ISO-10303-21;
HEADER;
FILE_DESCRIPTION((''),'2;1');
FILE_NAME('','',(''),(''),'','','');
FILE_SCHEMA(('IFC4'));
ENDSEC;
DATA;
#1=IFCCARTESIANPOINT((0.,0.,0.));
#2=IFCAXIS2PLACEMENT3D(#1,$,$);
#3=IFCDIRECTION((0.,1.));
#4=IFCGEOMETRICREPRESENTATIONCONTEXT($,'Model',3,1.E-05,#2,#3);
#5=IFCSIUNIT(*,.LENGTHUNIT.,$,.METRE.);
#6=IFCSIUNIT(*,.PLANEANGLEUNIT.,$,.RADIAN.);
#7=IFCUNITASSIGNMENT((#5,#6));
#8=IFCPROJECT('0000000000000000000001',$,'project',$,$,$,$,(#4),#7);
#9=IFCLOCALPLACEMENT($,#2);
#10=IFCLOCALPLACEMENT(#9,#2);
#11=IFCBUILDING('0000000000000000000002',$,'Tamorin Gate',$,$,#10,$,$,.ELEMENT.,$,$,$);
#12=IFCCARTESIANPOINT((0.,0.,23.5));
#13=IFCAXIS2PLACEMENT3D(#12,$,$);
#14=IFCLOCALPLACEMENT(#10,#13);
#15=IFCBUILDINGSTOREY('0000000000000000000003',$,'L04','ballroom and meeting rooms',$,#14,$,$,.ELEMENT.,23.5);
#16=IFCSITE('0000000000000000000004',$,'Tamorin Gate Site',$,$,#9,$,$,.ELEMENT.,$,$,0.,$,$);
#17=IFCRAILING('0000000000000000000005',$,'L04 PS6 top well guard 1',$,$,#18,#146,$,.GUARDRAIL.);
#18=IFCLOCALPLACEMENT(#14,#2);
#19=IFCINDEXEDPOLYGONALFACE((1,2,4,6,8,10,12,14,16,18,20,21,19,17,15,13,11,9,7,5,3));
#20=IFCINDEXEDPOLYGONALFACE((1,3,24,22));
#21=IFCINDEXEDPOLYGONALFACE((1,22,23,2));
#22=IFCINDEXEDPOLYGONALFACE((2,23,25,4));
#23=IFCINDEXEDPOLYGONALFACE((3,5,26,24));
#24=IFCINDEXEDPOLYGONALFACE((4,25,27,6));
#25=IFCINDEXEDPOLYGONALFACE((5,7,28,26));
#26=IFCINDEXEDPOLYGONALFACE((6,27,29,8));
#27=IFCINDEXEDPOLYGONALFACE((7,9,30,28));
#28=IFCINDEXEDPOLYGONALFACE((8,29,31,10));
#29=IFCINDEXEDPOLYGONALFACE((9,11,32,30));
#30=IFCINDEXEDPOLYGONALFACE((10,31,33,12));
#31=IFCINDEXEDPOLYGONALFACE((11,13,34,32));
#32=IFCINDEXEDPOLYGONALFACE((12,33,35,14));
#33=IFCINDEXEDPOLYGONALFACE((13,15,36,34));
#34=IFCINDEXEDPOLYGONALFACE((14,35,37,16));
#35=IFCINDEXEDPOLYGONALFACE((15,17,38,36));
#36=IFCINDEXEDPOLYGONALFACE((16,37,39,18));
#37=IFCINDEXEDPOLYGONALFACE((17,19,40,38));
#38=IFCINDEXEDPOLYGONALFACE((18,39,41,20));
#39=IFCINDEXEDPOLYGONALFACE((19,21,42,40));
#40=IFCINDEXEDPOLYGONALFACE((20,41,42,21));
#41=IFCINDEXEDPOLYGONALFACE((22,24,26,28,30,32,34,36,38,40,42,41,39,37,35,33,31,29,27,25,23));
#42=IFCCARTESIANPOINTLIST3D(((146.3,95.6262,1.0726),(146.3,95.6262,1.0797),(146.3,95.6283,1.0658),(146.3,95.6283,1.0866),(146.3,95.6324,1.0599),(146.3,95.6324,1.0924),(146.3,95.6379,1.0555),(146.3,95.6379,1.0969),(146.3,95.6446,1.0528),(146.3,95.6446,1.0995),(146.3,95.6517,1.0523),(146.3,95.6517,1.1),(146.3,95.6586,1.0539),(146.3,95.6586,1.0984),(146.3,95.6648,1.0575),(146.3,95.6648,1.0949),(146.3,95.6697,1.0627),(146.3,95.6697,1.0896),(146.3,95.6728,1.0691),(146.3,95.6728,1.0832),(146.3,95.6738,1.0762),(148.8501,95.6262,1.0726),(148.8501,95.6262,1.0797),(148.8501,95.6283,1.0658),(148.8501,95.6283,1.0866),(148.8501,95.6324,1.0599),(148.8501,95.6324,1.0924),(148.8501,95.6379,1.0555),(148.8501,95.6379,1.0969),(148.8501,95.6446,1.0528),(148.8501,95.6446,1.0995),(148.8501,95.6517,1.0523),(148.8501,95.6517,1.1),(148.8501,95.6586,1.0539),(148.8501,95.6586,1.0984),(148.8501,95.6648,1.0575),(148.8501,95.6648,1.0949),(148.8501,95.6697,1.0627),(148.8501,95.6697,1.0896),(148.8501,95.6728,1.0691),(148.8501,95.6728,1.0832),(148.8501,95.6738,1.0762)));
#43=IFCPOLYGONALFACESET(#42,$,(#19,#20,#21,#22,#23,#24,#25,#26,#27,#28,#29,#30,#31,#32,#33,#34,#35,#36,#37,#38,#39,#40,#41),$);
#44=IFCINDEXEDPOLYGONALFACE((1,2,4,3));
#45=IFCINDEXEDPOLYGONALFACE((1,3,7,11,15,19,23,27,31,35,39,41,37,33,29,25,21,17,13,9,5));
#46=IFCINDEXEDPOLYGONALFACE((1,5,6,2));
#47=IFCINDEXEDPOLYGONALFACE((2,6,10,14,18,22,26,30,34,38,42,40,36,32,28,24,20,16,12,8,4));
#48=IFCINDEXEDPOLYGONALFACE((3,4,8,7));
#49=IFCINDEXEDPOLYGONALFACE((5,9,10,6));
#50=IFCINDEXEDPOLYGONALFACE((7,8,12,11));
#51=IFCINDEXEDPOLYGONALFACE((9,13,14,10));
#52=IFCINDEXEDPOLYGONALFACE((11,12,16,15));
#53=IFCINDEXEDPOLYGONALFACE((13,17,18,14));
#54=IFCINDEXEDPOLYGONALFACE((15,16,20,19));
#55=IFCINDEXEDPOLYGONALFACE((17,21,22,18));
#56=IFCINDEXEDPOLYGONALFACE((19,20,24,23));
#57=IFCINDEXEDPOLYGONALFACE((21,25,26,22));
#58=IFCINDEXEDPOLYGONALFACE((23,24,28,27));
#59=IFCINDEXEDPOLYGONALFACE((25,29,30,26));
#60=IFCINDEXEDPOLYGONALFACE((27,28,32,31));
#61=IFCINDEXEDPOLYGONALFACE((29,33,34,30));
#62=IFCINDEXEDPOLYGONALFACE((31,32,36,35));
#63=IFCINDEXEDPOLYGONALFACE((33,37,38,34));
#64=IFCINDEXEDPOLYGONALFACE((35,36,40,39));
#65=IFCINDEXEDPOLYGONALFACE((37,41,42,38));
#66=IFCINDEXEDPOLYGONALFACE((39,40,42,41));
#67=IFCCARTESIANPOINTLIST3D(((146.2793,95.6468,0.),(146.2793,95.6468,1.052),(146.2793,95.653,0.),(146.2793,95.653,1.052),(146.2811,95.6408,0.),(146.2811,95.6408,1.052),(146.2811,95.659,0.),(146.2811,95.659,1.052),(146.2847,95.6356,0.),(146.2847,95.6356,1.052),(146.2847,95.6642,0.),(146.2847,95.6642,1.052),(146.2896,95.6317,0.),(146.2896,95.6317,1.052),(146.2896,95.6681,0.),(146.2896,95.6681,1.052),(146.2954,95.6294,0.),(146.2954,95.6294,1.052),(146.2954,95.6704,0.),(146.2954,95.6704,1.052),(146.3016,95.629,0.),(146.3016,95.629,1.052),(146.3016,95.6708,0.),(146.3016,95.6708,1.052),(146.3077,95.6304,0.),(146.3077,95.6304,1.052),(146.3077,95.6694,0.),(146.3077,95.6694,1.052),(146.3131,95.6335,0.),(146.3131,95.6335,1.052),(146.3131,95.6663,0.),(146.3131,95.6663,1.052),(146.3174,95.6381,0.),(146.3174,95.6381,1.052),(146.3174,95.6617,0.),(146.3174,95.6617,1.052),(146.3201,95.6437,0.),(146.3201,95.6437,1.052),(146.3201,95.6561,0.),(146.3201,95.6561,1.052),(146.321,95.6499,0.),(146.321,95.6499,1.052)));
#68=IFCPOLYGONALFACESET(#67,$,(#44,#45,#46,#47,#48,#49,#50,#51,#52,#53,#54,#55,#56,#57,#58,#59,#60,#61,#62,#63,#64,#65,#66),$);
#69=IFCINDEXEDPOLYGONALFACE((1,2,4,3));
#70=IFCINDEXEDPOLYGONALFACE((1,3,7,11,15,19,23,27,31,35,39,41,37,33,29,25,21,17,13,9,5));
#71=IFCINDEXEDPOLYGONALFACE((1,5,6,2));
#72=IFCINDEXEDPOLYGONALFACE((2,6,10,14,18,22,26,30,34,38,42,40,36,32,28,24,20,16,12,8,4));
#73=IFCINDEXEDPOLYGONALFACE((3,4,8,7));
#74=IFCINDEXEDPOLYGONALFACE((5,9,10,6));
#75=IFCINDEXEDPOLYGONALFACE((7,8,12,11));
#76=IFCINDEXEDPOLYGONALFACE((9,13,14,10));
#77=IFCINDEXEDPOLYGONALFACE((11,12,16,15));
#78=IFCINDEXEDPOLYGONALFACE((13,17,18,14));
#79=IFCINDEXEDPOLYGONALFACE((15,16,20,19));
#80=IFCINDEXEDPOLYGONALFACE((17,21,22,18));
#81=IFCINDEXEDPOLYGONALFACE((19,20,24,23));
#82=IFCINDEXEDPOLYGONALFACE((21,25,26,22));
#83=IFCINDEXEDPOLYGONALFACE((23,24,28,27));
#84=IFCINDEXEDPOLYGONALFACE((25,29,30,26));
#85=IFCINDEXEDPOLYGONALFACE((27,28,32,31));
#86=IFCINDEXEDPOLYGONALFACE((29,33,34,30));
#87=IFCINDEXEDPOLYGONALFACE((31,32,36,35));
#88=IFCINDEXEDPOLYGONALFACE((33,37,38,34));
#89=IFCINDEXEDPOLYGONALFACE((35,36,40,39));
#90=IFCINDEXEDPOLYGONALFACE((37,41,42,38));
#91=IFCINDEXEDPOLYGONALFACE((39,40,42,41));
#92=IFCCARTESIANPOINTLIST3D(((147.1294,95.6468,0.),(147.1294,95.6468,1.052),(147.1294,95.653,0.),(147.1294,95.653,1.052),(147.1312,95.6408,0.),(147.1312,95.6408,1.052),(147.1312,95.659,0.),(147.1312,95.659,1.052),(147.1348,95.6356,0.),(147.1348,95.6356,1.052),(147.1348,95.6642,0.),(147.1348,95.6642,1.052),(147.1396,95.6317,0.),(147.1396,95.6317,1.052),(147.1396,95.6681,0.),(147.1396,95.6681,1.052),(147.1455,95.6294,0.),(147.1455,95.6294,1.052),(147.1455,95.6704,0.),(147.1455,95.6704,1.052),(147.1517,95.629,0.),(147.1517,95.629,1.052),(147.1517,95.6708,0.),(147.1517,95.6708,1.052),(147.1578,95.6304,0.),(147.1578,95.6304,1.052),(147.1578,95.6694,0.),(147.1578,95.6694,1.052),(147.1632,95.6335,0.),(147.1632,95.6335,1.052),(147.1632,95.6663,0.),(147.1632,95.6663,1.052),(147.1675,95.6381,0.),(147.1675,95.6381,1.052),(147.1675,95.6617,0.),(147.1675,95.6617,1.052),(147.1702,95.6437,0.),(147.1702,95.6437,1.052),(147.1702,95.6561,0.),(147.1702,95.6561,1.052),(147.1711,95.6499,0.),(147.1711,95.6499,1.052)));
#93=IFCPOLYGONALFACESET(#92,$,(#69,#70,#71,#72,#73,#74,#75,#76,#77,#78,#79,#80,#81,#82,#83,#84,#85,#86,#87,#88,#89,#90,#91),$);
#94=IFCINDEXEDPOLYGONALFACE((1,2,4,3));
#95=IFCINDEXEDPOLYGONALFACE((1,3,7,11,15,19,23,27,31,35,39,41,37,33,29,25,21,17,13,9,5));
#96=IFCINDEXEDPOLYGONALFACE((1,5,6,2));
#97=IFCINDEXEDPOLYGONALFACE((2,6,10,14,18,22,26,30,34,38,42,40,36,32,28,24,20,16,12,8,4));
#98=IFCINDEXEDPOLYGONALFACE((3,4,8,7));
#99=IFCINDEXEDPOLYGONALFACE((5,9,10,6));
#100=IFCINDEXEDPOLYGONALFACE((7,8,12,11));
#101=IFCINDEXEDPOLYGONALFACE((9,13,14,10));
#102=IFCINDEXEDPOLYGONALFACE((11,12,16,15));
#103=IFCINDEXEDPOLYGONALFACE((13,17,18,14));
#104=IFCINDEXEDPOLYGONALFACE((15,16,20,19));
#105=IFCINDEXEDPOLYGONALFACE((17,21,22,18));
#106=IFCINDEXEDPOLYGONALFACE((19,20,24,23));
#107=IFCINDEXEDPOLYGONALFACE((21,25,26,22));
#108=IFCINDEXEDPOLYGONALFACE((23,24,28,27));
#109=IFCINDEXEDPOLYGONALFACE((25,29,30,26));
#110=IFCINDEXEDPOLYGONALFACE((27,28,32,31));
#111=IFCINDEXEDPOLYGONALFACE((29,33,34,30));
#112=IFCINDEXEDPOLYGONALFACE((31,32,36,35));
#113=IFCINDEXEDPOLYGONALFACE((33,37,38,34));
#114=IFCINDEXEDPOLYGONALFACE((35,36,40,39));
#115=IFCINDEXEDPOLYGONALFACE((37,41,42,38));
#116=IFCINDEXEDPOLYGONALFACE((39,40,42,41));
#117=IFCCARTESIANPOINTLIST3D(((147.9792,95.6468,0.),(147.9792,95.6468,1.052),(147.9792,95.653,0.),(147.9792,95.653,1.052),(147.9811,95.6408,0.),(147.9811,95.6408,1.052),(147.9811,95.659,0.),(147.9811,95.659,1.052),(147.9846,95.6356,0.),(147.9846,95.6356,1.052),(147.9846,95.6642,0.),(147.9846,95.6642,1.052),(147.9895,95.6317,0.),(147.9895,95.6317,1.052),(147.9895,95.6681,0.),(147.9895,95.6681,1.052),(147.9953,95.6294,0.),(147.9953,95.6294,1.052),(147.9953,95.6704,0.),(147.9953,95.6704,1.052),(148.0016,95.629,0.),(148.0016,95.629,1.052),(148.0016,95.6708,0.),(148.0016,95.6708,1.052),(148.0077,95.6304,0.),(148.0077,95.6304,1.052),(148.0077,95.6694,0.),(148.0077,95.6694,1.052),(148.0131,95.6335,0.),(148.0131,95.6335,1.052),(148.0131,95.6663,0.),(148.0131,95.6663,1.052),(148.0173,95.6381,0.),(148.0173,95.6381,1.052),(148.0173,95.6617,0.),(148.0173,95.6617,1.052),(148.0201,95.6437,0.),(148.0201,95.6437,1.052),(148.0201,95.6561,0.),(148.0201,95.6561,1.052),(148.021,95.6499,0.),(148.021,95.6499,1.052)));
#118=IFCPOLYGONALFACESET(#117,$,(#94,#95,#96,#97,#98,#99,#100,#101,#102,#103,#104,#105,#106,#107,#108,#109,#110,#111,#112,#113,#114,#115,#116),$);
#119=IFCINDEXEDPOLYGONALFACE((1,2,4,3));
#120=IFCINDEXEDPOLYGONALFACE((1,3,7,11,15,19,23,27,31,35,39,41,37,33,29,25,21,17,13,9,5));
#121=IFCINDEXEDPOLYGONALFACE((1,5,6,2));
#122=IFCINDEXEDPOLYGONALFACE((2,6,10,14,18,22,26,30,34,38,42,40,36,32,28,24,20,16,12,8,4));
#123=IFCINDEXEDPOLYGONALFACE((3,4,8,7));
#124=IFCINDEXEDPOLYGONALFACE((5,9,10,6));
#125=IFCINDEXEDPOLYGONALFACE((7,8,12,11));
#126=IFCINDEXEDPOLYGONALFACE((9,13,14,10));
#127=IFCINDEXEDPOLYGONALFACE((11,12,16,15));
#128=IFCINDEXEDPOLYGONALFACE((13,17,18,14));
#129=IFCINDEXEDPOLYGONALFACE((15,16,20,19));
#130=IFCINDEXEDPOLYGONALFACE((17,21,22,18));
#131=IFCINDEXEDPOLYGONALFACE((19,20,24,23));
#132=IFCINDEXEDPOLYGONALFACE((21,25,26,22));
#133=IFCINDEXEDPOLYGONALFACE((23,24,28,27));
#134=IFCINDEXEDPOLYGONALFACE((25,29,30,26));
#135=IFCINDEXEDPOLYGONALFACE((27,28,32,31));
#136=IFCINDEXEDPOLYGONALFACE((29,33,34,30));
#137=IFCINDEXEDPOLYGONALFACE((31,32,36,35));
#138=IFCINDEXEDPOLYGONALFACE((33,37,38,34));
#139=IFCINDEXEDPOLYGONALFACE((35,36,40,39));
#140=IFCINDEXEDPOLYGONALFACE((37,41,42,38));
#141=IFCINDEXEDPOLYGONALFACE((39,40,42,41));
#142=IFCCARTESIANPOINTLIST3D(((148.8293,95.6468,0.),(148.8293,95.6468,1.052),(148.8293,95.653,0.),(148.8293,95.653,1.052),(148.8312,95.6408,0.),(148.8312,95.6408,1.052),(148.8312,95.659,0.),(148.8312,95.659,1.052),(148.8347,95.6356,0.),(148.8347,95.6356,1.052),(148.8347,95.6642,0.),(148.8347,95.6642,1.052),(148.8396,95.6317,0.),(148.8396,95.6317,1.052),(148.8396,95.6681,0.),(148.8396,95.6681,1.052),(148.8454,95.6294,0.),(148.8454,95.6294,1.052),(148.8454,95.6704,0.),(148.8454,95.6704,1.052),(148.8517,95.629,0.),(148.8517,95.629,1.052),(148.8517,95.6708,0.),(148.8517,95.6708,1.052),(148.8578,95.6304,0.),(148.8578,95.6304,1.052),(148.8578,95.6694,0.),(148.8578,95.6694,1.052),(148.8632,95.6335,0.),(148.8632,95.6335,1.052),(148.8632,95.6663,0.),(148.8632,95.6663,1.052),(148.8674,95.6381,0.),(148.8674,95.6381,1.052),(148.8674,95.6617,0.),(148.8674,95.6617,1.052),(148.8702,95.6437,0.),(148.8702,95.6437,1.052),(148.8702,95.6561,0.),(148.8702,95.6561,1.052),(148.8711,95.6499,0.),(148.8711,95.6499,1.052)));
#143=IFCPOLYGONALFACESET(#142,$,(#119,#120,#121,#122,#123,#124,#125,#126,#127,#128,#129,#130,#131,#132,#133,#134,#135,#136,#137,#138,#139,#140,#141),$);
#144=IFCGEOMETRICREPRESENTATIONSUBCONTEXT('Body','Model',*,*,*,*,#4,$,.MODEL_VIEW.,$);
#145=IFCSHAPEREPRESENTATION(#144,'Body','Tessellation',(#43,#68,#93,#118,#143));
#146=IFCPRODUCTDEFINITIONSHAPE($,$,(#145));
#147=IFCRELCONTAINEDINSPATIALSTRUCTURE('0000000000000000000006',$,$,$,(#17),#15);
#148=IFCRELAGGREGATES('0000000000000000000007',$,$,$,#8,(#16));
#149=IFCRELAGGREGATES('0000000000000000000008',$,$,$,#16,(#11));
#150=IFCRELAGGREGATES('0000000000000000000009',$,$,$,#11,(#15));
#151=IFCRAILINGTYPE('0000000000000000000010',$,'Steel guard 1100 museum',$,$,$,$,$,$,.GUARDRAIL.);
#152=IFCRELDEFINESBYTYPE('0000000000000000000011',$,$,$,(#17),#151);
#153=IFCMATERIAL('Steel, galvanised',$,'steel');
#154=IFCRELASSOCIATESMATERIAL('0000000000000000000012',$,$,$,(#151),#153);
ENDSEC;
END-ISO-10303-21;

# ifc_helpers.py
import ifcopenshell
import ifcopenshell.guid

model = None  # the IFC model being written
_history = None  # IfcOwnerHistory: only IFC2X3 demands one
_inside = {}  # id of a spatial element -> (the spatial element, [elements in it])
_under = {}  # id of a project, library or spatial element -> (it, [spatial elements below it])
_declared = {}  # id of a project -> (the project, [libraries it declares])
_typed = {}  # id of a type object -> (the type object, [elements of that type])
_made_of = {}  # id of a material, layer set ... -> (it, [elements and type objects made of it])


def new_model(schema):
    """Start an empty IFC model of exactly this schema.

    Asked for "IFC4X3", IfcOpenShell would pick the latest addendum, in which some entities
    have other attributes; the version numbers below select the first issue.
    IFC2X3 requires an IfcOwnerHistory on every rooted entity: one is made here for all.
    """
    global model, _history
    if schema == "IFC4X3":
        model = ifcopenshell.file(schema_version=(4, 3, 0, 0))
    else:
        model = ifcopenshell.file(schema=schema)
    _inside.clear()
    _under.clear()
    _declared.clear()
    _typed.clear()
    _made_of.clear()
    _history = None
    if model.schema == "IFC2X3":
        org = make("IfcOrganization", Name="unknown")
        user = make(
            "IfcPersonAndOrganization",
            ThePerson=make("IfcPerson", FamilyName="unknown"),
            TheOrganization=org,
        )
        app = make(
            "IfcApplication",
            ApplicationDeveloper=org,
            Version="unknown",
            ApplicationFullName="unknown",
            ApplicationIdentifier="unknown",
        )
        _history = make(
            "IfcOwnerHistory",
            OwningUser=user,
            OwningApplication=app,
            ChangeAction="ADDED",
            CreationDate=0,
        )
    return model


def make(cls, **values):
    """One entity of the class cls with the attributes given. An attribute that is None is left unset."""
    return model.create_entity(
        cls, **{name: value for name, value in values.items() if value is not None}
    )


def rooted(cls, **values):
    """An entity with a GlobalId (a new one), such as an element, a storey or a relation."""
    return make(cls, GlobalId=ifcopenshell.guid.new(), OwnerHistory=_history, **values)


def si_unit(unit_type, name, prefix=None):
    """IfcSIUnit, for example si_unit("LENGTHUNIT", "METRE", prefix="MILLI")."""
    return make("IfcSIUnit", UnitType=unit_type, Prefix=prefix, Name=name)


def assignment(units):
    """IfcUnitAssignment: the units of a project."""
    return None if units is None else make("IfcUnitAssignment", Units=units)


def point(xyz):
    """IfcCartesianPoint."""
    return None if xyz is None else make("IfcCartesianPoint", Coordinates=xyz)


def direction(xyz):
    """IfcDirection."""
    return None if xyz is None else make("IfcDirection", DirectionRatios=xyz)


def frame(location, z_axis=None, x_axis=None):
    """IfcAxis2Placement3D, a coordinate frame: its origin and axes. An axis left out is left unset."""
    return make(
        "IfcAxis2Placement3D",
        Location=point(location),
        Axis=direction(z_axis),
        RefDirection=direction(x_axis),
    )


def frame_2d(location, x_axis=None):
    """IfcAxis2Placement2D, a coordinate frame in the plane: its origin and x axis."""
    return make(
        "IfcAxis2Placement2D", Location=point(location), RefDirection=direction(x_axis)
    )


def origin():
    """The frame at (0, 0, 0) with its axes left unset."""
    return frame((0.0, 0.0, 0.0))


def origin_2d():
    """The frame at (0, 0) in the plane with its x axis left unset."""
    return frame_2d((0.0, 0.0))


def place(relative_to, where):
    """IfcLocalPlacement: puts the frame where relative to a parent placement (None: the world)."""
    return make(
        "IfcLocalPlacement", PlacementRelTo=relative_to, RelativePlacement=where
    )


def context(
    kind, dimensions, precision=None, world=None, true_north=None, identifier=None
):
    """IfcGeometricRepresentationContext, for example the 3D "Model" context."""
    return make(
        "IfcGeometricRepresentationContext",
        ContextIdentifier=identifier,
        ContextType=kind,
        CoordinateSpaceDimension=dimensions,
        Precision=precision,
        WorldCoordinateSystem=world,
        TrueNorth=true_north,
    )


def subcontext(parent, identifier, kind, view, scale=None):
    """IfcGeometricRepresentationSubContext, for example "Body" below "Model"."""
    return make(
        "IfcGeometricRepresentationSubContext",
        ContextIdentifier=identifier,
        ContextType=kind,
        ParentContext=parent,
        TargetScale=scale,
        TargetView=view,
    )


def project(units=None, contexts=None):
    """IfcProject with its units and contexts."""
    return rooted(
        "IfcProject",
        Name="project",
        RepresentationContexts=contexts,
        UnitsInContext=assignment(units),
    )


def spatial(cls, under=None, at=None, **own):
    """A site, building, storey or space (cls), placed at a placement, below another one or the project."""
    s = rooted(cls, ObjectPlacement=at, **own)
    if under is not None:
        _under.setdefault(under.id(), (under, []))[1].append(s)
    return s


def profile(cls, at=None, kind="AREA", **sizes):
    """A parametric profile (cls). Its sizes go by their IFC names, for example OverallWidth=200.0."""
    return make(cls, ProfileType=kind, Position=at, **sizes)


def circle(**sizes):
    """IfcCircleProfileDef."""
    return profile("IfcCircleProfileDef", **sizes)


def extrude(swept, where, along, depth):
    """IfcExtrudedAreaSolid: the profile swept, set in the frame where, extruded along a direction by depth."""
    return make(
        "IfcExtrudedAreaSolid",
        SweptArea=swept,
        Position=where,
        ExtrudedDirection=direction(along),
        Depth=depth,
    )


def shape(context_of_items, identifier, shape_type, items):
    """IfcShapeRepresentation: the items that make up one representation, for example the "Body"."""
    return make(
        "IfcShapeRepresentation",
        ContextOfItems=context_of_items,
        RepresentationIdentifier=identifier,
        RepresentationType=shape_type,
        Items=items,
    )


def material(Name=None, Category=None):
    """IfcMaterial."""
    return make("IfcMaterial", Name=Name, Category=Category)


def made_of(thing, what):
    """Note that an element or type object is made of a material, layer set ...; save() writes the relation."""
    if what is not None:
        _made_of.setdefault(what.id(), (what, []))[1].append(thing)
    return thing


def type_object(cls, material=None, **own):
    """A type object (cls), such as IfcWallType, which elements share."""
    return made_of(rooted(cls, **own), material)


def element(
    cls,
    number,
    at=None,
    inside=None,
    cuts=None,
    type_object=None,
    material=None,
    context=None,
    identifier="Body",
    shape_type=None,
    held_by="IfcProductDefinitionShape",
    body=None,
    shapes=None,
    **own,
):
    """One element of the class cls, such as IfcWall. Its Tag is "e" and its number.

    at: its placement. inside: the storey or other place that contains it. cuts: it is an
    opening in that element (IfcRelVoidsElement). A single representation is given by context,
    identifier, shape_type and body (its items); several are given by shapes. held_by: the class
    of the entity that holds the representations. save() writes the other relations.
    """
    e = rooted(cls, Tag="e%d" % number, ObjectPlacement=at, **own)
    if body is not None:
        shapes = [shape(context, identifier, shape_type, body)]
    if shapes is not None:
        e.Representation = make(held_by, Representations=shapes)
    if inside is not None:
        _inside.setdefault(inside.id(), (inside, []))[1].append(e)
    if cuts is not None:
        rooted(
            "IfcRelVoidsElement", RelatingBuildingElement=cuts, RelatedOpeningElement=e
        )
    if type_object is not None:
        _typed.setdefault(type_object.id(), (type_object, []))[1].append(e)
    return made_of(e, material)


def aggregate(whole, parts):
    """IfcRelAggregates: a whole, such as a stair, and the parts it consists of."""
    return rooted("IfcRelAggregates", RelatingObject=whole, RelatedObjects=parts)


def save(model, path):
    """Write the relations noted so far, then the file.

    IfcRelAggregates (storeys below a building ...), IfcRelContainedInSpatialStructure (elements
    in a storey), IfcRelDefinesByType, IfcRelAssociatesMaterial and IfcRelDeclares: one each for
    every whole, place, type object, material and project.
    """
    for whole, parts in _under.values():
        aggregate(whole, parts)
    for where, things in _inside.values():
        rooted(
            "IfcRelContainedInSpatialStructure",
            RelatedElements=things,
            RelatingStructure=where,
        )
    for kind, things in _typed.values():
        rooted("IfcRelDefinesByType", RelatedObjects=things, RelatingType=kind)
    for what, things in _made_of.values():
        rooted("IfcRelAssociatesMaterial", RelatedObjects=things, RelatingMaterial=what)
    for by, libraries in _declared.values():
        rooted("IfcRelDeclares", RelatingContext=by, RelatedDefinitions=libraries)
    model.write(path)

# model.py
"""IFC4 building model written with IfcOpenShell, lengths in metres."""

from ifc_helpers import new_model, si_unit, direction, frame, origin, origin_2d, place, context, subcontext, project, spatial, circle, extrude, material, type_object, element, save


model = new_model("IFC4")

# Units and contexts
model_context = context("Model", 3, precision=1e-05, world=origin(), true_north=direction((0.0, 1.0)))
body_context = subcontext(model_context, "Body", "Model", "MODEL_VIEW")
ifc_project = project(units=[si_unit("LENGTHUNIT", "METRE"), si_unit("PLANEANGLEUNIT", "RADIAN")], contexts=[model_context])

# Site, building, storey
site_placement = place(None, origin())
site = spatial("IfcSite", under=ifc_project, at=site_placement, Name="Tamorin Gate Site", CompositionType="ELEMENT", RefElevation=0.0)
building_placement = place(site_placement, origin())
building = spatial("IfcBuilding", under=site, at=building_placement, Name="Tamorin Gate", CompositionType="ELEMENT")
storey_placement = place(building_placement, frame((0.0, 0.0, 23.5)))
storey = spatial("IfcBuildingStorey", under=building, at=storey_placement, Name="L04", Description="ballroom and meeting rooms", CompositionType="ELEMENT", Elevation=23.5)

# Railing
ifc_material_1 = material(Name="Steel, galvanised", Category="steel")
railing_type = type_object("IfcRailingType", Name="Steel guard 1100 museum", PredefinedType="GUARDRAIL", material=ifc_material_1)
railing_placement = place(storey_placement, frame((146.3, 95.6499, 0.0)))
element("IfcRailing", 1, at=railing_placement, inside=storey, type_object=railing_type, Name="L04 PS6 top well guard 1", PredefinedType="GUARDRAIL", context=body_context, shape_type="SweptSolid", body=[
    extrude(circle(Radius=0.0239, at=origin_2d()), frame((0.0, 0.0, 1.0762), z_axis=(1.0, 0.0, 0.0), x_axis=(0.0, 1.0, 0.0)), (0.0, 0.0, 1.0), 2.55),
    extrude(circle(Radius=0.021, at=origin_2d()), origin(), (0.0, 0.0, 1.0), 1.052),
    extrude(circle(Radius=0.021, at=origin_2d()), frame((0.8501, 0.0, 0.0)), (0.0, 0.0, 1.0), 1.052),
    extrude(circle(Radius=0.021, at=origin_2d()), frame((1.7, 0.0, 0.0)), (0.0, 0.0, 1.0), 1.052),
    extrude(circle(Radius=0.021, at=origin_2d()), frame((2.55, 0.0, 0.0)), (0.0, 0.0, 1.0), 1.052),
])

save(model, "model.ifc")
